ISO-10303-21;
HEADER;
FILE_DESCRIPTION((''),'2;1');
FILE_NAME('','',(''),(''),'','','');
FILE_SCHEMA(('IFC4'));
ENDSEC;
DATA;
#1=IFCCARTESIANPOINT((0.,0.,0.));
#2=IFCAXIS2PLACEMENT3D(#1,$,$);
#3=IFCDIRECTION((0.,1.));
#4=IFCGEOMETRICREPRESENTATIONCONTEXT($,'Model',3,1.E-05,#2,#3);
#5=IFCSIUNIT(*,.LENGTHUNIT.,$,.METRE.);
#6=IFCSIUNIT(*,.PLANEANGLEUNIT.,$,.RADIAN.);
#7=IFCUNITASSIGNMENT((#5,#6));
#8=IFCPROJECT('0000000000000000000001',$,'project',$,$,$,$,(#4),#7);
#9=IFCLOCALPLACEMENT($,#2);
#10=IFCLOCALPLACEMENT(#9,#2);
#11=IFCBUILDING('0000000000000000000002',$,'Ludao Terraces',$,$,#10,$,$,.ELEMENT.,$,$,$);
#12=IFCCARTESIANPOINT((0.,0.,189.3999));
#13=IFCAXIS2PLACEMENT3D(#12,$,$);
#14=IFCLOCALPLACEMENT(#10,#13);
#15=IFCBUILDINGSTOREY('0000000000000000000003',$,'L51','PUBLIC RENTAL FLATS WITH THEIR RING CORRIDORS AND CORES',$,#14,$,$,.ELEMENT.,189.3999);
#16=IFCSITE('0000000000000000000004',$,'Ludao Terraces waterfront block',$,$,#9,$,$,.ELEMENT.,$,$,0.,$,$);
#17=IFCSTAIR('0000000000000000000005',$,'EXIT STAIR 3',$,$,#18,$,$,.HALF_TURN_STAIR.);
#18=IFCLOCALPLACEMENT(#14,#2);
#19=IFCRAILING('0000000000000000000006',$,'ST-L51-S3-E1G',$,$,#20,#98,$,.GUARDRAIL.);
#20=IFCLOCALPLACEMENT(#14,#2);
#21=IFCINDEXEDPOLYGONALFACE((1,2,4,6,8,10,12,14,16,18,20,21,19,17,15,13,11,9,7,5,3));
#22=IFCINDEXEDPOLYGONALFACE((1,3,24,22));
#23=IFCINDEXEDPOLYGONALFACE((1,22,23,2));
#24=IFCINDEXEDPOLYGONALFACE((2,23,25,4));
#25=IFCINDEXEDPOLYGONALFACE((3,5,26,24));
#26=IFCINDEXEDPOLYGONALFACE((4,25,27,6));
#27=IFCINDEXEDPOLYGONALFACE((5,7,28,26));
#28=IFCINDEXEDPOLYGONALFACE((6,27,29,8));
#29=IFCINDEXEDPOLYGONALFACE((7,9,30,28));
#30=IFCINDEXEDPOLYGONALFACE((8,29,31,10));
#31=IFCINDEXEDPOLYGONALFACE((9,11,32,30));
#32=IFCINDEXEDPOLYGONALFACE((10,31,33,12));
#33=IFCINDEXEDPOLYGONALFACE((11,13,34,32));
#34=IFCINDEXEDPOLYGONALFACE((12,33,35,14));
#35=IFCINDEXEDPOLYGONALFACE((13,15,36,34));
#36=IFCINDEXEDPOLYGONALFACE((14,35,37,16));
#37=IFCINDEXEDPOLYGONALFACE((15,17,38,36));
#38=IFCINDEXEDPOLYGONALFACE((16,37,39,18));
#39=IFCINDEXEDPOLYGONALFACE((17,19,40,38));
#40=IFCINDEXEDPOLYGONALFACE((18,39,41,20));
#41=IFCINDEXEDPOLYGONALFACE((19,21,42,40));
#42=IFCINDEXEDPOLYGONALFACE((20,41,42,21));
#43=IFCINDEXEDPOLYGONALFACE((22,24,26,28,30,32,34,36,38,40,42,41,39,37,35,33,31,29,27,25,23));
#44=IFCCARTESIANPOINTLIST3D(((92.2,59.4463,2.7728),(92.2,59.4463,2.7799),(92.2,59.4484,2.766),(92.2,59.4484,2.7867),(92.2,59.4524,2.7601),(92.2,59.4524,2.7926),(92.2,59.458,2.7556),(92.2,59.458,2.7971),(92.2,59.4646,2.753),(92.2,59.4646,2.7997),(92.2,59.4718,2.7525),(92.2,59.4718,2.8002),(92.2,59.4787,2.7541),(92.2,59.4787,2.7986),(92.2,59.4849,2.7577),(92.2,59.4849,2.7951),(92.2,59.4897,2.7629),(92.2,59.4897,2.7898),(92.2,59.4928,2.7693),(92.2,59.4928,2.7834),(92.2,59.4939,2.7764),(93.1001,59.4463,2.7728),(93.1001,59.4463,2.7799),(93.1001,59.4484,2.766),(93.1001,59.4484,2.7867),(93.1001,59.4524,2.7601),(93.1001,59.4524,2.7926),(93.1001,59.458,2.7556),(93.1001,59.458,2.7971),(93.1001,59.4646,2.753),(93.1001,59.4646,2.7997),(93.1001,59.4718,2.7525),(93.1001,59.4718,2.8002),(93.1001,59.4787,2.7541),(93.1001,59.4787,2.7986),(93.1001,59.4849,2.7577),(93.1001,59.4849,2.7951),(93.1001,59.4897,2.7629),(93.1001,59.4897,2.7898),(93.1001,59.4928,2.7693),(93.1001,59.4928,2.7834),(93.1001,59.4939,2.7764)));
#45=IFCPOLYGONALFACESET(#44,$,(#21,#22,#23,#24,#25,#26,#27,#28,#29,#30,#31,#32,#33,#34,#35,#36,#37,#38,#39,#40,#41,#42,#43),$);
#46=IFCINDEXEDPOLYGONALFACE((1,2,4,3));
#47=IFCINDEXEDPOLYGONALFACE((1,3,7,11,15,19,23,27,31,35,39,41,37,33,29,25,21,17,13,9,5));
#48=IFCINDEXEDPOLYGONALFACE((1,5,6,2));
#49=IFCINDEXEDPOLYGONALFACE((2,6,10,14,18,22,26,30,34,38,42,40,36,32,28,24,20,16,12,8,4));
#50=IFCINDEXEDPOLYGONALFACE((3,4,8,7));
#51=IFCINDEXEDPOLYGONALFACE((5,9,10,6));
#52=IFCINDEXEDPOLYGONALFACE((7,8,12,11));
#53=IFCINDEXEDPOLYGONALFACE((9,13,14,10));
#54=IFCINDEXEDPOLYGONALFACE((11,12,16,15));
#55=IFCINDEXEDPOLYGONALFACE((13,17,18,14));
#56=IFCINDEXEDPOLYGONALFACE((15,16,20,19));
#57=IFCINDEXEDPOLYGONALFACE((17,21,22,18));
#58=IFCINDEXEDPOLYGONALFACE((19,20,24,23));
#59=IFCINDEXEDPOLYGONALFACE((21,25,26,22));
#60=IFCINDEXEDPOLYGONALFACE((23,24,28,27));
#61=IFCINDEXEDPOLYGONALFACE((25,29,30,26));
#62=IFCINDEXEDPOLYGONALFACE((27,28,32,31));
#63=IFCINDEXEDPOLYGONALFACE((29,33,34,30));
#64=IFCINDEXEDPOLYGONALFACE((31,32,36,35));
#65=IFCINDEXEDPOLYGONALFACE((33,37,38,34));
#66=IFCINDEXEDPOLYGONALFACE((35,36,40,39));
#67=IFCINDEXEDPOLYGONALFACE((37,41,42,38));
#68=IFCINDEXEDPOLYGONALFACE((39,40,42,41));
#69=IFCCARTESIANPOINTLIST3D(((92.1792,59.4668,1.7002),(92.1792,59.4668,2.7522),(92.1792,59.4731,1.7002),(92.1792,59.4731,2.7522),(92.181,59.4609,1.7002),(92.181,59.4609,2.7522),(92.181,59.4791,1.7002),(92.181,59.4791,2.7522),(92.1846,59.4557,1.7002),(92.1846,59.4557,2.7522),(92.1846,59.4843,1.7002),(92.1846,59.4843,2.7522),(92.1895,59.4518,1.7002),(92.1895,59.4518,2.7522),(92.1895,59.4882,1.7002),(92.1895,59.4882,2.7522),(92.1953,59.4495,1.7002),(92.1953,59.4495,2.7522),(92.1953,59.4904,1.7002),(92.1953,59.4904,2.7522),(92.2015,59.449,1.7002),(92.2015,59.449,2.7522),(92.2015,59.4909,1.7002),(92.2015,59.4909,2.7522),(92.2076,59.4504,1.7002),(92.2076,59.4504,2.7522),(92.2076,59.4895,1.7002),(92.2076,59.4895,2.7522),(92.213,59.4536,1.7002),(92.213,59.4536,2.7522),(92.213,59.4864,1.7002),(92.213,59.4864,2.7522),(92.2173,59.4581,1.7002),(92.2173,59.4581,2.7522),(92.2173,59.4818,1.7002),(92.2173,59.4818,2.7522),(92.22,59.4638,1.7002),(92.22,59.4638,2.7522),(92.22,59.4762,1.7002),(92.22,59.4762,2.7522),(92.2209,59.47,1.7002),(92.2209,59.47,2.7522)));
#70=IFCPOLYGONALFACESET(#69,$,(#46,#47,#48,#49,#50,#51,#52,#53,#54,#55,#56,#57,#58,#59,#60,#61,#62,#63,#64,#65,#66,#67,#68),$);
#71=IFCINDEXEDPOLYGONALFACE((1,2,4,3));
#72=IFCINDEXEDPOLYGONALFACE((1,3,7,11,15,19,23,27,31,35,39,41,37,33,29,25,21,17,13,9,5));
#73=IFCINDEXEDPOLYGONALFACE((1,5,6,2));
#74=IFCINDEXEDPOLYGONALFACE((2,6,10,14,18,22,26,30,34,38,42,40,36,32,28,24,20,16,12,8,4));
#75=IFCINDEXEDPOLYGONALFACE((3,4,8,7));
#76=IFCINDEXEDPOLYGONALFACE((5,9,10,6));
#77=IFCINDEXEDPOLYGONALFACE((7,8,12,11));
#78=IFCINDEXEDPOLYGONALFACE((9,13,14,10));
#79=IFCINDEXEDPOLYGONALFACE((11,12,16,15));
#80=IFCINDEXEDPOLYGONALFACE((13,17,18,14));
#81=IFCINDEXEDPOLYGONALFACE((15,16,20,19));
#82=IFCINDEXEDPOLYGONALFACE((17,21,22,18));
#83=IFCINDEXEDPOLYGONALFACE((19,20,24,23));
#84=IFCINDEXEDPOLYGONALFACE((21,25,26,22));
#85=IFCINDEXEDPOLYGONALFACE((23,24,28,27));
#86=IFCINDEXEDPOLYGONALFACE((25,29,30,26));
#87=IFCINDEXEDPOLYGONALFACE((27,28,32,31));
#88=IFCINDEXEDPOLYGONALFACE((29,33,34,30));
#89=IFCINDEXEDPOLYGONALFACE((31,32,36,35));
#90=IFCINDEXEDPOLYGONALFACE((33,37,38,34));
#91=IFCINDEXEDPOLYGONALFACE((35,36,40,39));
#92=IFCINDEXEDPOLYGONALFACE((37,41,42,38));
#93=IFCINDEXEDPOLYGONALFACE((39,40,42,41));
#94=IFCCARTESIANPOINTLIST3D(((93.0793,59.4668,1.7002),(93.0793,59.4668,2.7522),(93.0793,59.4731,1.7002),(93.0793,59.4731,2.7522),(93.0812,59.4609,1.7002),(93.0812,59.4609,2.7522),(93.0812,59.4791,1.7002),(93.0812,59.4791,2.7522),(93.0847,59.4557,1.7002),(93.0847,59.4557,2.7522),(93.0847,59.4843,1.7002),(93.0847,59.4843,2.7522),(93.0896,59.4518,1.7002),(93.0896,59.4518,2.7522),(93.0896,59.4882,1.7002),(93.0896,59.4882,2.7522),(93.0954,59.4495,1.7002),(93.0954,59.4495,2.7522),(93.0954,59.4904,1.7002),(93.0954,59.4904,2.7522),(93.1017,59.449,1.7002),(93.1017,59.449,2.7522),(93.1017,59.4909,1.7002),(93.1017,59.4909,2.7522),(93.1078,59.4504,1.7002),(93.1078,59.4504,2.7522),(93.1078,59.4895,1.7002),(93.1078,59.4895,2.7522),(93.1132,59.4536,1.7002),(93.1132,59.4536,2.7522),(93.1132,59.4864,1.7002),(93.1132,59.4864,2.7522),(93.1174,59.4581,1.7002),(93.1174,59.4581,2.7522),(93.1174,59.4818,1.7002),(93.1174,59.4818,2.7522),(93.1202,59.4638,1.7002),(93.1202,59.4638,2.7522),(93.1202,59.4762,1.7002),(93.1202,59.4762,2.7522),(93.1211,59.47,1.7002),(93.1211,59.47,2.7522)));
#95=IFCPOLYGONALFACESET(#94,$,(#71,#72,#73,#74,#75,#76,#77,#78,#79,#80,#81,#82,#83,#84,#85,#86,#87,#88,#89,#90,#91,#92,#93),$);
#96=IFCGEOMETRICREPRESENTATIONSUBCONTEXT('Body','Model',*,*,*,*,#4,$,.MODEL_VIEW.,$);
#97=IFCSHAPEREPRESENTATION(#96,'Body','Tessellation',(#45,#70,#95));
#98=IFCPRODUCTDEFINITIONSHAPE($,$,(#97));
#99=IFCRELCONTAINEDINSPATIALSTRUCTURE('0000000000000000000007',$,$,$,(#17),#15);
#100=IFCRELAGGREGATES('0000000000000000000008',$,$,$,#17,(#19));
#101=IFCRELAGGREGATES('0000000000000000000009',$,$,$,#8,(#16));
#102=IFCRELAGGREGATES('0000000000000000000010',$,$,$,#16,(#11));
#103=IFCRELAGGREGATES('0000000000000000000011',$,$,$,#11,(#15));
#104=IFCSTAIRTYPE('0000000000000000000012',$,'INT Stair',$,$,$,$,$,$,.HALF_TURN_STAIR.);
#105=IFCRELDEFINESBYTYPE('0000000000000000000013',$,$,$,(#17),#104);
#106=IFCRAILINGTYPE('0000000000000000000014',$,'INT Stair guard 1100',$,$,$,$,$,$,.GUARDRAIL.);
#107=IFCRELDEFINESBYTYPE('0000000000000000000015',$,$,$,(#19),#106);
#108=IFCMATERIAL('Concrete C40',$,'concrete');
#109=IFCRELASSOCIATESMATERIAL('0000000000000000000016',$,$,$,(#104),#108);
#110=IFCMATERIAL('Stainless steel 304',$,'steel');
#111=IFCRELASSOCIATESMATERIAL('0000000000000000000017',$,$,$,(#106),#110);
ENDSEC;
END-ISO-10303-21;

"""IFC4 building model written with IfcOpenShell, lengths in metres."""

from ifc_helpers import new_model, si_unit, direction, frame, origin, origin_2d, place, context, subcontext, project, spatial, circle, extrude, material, type_object, element, aggregate, save


model = new_model("IFC4")

# Units and contexts
model_context = context("Model", 3, precision=1e-05, world=origin(), true_north=direction((0.0, 1.0)))
body_context = subcontext(model_context, "Body", "Model", "MODEL_VIEW")
ifc_project = project(units=[si_unit("LENGTHUNIT", "METRE"), si_unit("PLANEANGLEUNIT", "RADIAN")], contexts=[model_context])

# Site, building, storey
site_placement = place(None, origin())
site = spatial("IfcSite", under=ifc_project, at=site_placement, Name="Ludao Terraces waterfront block", CompositionType="ELEMENT", RefElevation=0.0)
building_placement = place(site_placement, origin())
building = spatial("IfcBuilding", under=site, at=building_placement, Name="Ludao Terraces", CompositionType="ELEMENT")
storey_placement = place(building_placement, frame((0.0, 0.0, 189.3999)))
storey = spatial("IfcBuildingStorey", under=building, at=storey_placement, Name="L51", Description="PUBLIC RENTAL FLATS WITH THEIR RING CORRIDORS AND CORES", CompositionType="ELEMENT", Elevation=189.3999)

# Shared definitions
ifc_material_1 = material(Name="Concrete C40", Category="concrete")

# Stair, railing
stair_type = type_object("IfcStairType", Name="INT Stair", PredefinedType="HALF_TURN_STAIR", material=ifc_material_1)
stair_placement = place(storey_placement, origin())
stair = element("IfcStair", 1, at=stair_placement, inside=storey, type_object=stair_type, Name="EXIT STAIR 3", PredefinedType="HALF_TURN_STAIR")
ifc_material_2 = material(Name="Stainless steel 304", Category="steel")
railing_type_1 = type_object("IfcRailingType", Name="INT Stair guard 1100", PredefinedType="GUARDRAIL", material=ifc_material_2)
railing_1_placement = place(storey_placement, frame((92.2, 59.47, 1.7002)))
railing_1 = element("IfcRailing", 2, at=railing_1_placement, type_object=railing_type_1, Name="ST-L51-S3-E1G", PredefinedType="GUARDRAIL", context=body_context, shape_type="SweptSolid", body=[
    extrude(circle(Radius=0.0239, at=origin_2d()), frame((0.0, 0.0, 1.0762), z_axis=(1.0, 0.0, 0.0), x_axis=(0.0, 1.0, 0.0)), (0.0, 0.0, 1.0), 0.9001),
    extrude(circle(Radius=0.021, at=origin_2d()), origin(), (0.0, 0.0, 1.0), 1.052),
    extrude(circle(Radius=0.021, at=origin_2d()), frame((0.9001, 0.0, 0.0)), (0.0, 0.0, 1.0), 1.052),
])
aggregate(stair, [railing_1])

save(model, "model.ifc")
